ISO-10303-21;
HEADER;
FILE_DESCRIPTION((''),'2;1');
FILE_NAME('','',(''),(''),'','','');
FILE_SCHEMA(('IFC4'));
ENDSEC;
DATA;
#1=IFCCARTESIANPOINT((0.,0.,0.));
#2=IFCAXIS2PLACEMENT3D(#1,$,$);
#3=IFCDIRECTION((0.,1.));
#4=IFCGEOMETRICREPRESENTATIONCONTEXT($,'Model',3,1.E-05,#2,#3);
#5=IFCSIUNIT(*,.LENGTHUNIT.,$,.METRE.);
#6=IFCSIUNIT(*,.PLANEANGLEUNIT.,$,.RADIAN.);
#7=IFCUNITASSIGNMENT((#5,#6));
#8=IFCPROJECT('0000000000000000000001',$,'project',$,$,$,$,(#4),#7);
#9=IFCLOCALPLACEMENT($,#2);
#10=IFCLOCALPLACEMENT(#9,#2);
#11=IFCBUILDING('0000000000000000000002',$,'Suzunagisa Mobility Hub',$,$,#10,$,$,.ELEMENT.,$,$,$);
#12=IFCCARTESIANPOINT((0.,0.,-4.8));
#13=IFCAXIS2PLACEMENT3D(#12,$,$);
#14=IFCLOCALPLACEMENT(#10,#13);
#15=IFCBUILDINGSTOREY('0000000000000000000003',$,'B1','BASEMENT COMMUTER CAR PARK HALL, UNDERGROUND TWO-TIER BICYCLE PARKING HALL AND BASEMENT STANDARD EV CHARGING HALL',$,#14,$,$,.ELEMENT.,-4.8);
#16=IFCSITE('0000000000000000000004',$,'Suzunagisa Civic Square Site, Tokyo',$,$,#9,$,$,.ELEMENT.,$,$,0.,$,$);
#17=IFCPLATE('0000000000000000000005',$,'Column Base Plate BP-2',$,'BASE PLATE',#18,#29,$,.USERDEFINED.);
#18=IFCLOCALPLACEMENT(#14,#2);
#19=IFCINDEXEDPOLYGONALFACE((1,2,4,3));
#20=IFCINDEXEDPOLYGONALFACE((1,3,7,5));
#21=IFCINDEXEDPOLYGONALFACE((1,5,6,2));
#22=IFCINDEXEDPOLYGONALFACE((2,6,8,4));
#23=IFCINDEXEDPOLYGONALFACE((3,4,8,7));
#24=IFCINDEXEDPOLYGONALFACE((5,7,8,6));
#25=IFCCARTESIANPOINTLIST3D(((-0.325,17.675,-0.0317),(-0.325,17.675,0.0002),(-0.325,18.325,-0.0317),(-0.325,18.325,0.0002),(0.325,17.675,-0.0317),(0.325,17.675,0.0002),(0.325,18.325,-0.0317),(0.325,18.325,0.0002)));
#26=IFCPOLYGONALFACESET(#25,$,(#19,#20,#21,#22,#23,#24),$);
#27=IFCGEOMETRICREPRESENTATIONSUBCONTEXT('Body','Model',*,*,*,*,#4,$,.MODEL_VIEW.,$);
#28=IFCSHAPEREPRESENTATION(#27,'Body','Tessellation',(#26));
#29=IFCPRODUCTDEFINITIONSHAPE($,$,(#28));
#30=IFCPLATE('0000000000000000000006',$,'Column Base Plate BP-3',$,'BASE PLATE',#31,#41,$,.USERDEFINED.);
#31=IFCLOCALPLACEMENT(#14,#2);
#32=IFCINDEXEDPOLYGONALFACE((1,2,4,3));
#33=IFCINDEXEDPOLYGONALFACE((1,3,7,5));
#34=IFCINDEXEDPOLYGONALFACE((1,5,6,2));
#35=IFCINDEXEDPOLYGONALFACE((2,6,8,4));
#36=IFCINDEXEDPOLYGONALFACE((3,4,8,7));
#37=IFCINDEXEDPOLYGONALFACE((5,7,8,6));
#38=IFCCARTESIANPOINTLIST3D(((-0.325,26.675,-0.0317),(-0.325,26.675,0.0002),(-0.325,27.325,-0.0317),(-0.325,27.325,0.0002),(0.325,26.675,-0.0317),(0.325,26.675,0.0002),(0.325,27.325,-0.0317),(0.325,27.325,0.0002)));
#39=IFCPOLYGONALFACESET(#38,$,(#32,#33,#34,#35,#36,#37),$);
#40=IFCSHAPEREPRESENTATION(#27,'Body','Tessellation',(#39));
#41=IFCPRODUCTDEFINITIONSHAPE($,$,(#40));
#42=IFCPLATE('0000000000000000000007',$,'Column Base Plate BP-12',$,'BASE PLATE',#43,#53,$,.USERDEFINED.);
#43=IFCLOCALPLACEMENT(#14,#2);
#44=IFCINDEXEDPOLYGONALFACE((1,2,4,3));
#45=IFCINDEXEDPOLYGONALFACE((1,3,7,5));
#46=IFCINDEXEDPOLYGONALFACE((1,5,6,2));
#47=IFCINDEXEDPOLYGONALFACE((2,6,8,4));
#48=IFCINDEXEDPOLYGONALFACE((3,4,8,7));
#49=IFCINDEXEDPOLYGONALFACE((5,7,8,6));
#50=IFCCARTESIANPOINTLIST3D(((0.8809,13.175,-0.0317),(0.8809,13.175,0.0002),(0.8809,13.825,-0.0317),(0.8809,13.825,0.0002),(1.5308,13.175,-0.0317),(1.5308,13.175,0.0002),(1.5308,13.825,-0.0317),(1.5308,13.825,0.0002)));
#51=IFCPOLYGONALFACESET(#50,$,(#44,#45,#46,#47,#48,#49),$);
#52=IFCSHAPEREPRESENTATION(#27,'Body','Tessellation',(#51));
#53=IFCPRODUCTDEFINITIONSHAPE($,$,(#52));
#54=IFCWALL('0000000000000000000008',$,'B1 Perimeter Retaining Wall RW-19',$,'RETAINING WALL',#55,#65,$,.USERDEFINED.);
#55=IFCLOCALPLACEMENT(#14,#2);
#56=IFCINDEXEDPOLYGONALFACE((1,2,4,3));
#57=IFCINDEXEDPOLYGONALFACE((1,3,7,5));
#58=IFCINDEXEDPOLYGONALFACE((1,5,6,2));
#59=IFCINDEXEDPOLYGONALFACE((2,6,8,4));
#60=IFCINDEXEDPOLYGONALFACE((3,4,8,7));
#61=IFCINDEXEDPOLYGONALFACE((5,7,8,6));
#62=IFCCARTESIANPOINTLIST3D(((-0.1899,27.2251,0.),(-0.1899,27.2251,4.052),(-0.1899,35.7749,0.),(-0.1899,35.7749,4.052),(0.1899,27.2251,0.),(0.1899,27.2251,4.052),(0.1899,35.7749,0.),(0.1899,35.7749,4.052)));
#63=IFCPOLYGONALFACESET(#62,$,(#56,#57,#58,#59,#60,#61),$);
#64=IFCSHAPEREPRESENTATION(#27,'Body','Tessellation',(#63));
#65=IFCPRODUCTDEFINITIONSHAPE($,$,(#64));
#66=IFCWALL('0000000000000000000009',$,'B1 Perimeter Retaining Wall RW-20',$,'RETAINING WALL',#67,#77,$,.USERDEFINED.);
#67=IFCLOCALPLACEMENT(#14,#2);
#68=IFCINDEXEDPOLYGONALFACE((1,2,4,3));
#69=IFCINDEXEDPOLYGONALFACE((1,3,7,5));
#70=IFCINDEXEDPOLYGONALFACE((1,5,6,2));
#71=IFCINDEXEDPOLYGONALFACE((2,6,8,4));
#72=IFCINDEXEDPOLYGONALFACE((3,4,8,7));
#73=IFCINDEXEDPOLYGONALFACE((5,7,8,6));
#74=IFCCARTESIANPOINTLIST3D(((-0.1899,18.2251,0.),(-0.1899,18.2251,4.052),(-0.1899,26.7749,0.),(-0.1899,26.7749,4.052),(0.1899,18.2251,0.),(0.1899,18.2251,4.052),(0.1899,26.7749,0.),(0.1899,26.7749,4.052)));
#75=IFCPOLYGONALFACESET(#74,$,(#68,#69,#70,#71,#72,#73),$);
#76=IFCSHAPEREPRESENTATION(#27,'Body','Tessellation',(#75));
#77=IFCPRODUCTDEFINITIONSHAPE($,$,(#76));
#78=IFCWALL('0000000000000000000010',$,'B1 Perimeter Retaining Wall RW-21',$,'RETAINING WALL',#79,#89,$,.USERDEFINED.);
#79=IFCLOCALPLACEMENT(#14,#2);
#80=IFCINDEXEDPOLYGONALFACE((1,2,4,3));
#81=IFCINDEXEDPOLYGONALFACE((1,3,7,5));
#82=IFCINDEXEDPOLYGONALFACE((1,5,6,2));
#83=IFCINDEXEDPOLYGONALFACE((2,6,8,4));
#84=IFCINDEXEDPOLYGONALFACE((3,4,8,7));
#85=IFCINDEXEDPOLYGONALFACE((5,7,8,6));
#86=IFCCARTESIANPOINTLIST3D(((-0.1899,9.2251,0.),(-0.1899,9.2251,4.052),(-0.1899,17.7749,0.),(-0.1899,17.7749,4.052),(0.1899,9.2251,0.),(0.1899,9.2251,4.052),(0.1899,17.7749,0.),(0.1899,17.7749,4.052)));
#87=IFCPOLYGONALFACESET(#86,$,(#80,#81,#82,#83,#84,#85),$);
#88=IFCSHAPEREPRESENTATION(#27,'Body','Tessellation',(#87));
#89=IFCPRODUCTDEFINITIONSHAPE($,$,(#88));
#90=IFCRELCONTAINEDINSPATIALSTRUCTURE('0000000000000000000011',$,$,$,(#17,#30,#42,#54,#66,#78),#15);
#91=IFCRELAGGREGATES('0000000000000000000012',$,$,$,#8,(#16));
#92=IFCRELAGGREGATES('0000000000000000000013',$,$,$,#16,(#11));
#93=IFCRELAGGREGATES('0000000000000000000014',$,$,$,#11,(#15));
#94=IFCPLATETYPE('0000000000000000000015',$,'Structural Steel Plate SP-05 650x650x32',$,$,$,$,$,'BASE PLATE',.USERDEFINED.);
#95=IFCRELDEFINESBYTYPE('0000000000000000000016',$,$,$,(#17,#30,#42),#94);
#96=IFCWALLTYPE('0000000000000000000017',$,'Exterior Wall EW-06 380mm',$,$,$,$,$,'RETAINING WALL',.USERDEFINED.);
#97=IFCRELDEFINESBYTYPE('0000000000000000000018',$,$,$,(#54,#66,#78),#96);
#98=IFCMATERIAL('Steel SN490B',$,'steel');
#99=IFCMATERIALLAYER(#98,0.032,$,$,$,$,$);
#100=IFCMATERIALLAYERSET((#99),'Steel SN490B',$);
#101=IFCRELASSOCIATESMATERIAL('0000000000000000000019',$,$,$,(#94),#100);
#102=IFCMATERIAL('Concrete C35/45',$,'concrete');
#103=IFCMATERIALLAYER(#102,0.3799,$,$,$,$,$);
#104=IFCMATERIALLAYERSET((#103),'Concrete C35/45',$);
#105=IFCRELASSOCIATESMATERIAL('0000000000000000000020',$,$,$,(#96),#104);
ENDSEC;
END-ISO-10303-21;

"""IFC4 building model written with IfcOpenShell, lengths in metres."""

from ifc_helpers import new_model, si_unit, direction, frame, frame_2d, origin, origin_2d, place, context, subcontext, project, spatial, rectangle, extrude, material, layer, layer_set, type_object, element, save


model = new_model("IFC4")

# Units and contexts
model_context = context("Model", 3, precision=1e-05, world=origin(), true_north=direction((0.0, 1.0)))
body_context = subcontext(model_context, "Body", "Model", "MODEL_VIEW")
ifc_project = project(units=[si_unit("LENGTHUNIT", "METRE"), si_unit("PLANEANGLEUNIT", "RADIAN")], contexts=[model_context])

# Site, building, storey
site_placement = place(None, origin())
site = spatial("IfcSite", under=ifc_project, at=site_placement, Name="Suzunagisa Civic Square Site, Tokyo", CompositionType="ELEMENT", RefElevation=0.0)
building_placement = place(site_placement, origin())
building = spatial("IfcBuilding", under=site, at=building_placement, Name="Suzunagisa Mobility Hub", CompositionType="ELEMENT")
storey_placement = place(building_placement, frame((0.0, 0.0, -4.8)))
storey = spatial("IfcBuildingStorey", under=building, at=storey_placement, Name="B1", Description="BASEMENT COMMUTER CAR PARK HALL, UNDERGROUND TWO-TIER BICYCLE PARKING HALL AND BASEMENT STANDARD EV CHARGING HALL", CompositionType="ELEMENT", Elevation=-4.8)

# Shared definitions
ifc_material_1 = material(Name="Concrete C35/45", Category="concrete")

# Shared definitions
ifc_material_2 = material(Name="Steel SN490B", Category="steel")

# Plates
ifc_layer_1 = layer(ifc_material_2, 0.032)
ifc_layer_set_1 = layer_set([ifc_layer_1], Name="Steel SN490B")
plate_type = type_object("IfcPlateType", Name="Structural Steel Plate SP-05 650x650x32", ElementType="BASE PLATE", PredefinedType="USERDEFINED", material=ifc_layer_set_1)
for number, where, z_axis, x_axis, name in (
    (1, (0.0, 18.0, -0.0317), (0.0, 0.0, 1.0), (1.0, 0.0, 0.0), "Column Base Plate BP-2"),
    (2, (0.0, 27.0, -0.0317), (0.0, 0.0, 1.0), (1.0, 0.0, 0.0), "Column Base Plate BP-3"),
    (3, (1.2058, 13.5, -0.0317), (0.0, 0.0, 1.0), (1.0, 0.0, 0.0), "Column Base Plate BP-12"),
):
    element("IfcPlate", number, at=place(storey_placement, frame(where, z_axis=z_axis, x_axis=x_axis)), inside=storey, type_object=plate_type, Name=name, ObjectType="BASE PLATE", PredefinedType="USERDEFINED", context=body_context, shape_type="SweptSolid", body=[
        extrude(rectangle(XDim=0.6499, YDim=0.6499, at=origin_2d()), origin(), (0.0, 0.0, 1.0), 0.032),
    ])

# Walls
ifc_layer_2 = layer(ifc_material_1, 0.3799)
ifc_layer_set_2 = layer_set([ifc_layer_2], Name="Concrete C35/45")
wall_type = type_object("IfcWallType", Name="Exterior Wall EW-06 380mm", ElementType="RETAINING WALL", PredefinedType="USERDEFINED", material=ifc_layer_set_2)
for number, where, z_axis, x_axis, name in (
    (4, (0.0, 35.7749, 0.0), (0.0, 0.0, 1.0), (0.0, -1.0, 0.0), "B1 Perimeter Retaining Wall RW-19"),
    (5, (0.0, 26.7749, 0.0), (0.0, 0.0, 1.0), (0.0, -1.0, 0.0), "B1 Perimeter Retaining Wall RW-20"),
    (6, (0.0, 17.7749, 0.0), (0.0, 0.0, 1.0), (0.0, -1.0, 0.0), "B1 Perimeter Retaining Wall RW-21"),
):
    element("IfcWall", number, at=place(storey_placement, frame(where, z_axis=z_axis, x_axis=x_axis)), inside=storey, type_object=wall_type, Name=name, ObjectType="RETAINING WALL", PredefinedType="USERDEFINED", context=body_context, shape_type="SweptSolid", body=[
        extrude(rectangle(XDim=8.5498, YDim=0.3799, at=frame_2d((4.2749, 0.0))), origin(), (0.0, 0.0, 1.0), 4.052),
    ])

save(model, "model.ifc")
